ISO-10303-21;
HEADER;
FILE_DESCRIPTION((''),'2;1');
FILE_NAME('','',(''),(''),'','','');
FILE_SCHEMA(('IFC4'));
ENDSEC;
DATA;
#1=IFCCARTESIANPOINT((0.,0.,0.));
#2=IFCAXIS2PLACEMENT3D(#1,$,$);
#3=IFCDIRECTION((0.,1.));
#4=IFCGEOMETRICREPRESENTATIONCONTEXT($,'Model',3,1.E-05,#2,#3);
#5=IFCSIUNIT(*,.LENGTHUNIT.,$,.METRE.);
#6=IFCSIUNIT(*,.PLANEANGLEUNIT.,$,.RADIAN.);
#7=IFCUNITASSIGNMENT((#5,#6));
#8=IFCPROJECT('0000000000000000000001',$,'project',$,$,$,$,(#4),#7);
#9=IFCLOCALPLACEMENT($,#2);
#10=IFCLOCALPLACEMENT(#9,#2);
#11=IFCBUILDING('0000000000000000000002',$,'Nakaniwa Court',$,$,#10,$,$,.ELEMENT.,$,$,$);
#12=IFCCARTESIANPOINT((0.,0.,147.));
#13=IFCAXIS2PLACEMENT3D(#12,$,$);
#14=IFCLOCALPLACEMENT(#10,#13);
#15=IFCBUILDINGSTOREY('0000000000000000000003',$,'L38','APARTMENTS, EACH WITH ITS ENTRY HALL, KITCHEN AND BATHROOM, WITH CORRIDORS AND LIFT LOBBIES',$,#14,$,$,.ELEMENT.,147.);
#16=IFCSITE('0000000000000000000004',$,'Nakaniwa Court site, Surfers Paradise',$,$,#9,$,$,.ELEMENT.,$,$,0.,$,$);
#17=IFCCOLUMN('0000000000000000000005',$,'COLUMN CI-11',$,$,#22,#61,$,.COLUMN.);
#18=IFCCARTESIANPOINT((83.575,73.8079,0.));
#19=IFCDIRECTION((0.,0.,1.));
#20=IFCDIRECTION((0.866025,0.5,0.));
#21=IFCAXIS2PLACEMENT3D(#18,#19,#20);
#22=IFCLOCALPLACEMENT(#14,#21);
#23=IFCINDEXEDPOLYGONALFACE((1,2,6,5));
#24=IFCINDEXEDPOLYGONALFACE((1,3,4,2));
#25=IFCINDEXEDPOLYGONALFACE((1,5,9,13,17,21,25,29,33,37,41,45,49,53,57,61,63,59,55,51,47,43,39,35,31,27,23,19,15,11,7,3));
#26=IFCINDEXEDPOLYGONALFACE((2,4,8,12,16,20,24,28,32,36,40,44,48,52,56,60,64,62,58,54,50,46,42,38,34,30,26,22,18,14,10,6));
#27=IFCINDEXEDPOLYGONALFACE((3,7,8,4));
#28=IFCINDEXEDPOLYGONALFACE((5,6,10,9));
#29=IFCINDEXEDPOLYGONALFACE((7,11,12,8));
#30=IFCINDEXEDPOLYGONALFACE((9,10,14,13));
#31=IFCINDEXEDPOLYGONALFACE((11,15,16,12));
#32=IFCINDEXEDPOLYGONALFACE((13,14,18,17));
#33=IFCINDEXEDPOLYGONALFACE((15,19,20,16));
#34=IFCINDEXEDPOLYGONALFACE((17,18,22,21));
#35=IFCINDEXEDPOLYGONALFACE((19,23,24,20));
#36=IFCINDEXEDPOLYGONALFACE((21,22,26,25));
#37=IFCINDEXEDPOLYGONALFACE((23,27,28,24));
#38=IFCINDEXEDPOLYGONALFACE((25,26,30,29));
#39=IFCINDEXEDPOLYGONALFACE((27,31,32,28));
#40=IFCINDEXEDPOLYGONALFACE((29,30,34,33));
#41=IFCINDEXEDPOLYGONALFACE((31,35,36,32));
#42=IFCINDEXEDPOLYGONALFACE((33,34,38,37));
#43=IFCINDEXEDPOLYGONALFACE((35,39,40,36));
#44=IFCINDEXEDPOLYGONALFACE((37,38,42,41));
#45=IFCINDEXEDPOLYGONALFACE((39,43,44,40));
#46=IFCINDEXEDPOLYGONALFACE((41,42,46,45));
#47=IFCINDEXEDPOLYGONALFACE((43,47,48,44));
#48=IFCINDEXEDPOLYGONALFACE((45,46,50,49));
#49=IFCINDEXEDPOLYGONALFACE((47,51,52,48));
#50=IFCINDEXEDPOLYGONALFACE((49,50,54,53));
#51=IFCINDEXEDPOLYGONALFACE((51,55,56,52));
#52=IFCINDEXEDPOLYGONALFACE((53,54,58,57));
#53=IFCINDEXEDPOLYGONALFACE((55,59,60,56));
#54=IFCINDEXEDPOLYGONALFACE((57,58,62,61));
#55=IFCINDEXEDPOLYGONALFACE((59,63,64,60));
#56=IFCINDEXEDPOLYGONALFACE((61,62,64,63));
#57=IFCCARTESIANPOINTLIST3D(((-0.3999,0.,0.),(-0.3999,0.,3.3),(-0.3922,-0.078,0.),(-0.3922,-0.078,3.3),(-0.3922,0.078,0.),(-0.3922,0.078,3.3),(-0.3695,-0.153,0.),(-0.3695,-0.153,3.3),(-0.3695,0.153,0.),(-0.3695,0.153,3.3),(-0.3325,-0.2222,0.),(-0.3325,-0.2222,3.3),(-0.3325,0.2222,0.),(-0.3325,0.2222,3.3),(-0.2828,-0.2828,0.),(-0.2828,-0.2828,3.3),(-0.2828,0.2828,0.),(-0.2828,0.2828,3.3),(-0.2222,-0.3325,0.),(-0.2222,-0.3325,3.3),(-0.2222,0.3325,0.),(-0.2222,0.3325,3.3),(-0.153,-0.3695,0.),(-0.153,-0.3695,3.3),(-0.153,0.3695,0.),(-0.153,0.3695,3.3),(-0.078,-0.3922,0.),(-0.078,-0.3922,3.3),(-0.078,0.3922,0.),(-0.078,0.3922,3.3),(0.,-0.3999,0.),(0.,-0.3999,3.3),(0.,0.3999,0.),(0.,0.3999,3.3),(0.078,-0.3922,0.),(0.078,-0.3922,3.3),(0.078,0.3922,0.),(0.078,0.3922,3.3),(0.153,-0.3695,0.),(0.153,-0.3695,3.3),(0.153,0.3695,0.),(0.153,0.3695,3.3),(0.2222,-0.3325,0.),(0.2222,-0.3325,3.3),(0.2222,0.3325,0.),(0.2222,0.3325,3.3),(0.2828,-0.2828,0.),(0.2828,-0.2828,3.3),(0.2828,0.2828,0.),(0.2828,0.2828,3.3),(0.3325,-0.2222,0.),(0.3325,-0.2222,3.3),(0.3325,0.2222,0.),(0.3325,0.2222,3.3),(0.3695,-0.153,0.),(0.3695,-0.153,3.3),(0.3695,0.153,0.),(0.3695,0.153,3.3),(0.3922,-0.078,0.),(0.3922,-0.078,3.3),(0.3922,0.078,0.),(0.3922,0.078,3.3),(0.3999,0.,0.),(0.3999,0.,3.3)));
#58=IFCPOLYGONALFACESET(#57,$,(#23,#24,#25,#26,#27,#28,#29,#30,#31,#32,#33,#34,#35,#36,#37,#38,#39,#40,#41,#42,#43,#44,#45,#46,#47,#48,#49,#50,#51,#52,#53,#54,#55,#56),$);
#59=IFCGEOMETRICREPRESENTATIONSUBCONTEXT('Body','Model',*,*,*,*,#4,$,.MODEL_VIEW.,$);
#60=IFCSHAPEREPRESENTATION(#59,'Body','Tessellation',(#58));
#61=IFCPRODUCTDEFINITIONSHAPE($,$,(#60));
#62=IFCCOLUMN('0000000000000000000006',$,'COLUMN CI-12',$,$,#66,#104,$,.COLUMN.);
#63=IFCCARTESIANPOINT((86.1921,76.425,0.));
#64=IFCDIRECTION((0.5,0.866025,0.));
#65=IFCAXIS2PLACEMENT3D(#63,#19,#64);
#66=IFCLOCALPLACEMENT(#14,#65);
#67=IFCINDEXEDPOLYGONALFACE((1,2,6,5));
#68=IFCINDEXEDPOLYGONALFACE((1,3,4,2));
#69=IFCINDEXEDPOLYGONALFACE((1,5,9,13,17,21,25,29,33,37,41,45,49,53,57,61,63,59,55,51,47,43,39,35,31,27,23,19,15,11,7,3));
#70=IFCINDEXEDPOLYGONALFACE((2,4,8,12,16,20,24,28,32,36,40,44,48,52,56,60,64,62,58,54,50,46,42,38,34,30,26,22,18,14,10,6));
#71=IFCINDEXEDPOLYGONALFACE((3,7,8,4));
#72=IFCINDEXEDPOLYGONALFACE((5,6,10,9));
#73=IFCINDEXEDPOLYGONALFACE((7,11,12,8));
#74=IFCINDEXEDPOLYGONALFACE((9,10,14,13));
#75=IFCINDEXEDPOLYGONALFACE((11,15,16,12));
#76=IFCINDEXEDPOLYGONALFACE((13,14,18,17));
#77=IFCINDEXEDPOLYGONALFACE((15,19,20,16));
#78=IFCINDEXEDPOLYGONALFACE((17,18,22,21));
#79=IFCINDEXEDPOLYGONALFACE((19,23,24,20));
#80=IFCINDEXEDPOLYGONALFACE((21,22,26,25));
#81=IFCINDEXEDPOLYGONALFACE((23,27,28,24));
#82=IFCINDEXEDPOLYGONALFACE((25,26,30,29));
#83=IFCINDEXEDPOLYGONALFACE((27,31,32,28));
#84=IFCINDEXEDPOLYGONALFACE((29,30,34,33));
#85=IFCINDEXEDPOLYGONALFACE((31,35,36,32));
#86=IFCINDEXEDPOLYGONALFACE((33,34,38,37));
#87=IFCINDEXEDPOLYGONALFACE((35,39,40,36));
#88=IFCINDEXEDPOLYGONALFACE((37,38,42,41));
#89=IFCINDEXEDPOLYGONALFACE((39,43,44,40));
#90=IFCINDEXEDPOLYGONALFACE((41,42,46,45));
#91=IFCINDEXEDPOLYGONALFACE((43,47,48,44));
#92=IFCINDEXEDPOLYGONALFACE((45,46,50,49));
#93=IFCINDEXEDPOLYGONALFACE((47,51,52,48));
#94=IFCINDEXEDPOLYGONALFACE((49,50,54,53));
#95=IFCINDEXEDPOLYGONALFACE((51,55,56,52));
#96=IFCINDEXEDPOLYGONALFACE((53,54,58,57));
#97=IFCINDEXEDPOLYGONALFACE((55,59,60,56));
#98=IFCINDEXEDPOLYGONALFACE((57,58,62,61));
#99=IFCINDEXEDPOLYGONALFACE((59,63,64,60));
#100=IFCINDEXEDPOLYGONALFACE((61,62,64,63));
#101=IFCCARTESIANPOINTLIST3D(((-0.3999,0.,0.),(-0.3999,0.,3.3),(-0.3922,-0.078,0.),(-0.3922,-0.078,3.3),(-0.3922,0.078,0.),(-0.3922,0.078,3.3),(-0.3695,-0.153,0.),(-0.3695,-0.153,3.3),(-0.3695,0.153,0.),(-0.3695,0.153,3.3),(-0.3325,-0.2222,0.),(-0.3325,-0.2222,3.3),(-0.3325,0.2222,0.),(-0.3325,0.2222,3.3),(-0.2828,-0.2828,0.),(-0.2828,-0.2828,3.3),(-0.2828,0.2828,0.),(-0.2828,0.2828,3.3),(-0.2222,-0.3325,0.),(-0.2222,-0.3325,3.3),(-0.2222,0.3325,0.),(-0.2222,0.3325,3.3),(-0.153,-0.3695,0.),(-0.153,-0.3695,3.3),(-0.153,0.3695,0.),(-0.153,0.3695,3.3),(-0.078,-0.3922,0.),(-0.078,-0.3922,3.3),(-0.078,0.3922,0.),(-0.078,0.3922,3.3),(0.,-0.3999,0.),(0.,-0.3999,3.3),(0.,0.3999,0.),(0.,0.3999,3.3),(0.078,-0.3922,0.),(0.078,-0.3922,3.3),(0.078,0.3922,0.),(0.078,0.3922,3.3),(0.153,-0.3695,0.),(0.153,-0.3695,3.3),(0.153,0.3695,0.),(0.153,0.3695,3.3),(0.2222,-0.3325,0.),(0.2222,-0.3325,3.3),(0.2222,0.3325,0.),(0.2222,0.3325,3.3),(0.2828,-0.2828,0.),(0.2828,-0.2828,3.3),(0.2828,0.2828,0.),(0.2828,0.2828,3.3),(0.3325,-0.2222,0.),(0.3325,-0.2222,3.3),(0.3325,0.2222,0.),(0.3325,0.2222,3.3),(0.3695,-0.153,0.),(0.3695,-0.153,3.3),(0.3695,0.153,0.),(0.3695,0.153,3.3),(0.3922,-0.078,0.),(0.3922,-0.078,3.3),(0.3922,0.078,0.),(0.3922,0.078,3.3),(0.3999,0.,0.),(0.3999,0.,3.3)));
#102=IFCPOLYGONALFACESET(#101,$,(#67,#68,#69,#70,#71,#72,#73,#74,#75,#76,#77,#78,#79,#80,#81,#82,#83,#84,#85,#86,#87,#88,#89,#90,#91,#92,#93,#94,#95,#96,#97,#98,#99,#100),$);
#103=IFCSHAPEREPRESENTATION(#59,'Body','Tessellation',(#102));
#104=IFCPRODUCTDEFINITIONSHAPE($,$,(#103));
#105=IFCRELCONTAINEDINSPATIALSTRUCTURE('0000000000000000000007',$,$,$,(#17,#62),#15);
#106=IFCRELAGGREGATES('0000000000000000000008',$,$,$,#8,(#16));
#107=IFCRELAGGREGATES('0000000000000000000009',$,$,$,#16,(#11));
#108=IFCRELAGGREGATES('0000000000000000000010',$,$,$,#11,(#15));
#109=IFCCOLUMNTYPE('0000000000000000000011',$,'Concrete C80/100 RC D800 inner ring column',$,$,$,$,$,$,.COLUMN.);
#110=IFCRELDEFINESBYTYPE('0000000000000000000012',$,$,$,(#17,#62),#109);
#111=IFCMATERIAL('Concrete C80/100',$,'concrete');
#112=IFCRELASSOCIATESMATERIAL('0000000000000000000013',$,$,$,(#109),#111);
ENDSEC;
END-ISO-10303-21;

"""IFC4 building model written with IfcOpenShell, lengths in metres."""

from ifc_helpers import new_model, si_unit, direction, frame, origin, origin_2d, place, context, subcontext, project, spatial, circle, extrude, material, material_profile, profile_set, type_object, element, save


model = new_model("IFC4")

# Units and contexts
model_context = context("Model", 3, precision=1e-05, world=origin(), true_north=direction((0.0, 1.0)))
body_context = subcontext(model_context, "Body", "Model", "MODEL_VIEW")
ifc_project = project(units=[si_unit("LENGTHUNIT", "METRE"), si_unit("PLANEANGLEUNIT", "RADIAN")], contexts=[model_context])

# Site, building, storey
site_placement = place(None, origin())
site = spatial("IfcSite", under=ifc_project, at=site_placement, Name="Nakaniwa Court site, Surfers Paradise", CompositionType="ELEMENT", RefElevation=0.0)
building_placement = place(site_placement, origin())
building = spatial("IfcBuilding", under=site, at=building_placement, Name="Nakaniwa Court", CompositionType="ELEMENT")
storey_placement = place(building_placement, frame((0.0, 0.0, 147.0)))
storey = spatial("IfcBuildingStorey", under=building, at=storey_placement, Name="L38", Description="APARTMENTS, EACH WITH ITS ENTRY HALL, KITCHEN AND BATHROOM, WITH CORRIDORS AND LIFT LOBBIES", CompositionType="ELEMENT", Elevation=147.0)

# Columns
ifc_material_1 = material(Name="Concrete C80/100", Category="concrete")
ifc_material_profile_1 = material_profile(ifc_material_1, circle(Radius=0.3999, at=origin_2d()), Name="Concrete C80/100 RC D800 inner ring column")
ifc_profile_set_1 = profile_set([ifc_material_profile_1], Name="Concrete C80/100")
column_type = type_object("IfcColumnType", Name="Concrete C80/100 RC D800 inner ring column", PredefinedType="COLUMN", material=ifc_profile_set_1)
for number, where, z_axis, x_axis, name in (
    (1, (83.575, 73.8079, 0.0), (0.0, 0.0, 1.0), (0.866025, 0.5, 0.0), "COLUMN CI-11"),
    (2, (86.1921, 76.425, 0.0), (0.0, 0.0, 1.0), (0.5, 0.866025, 0.0), "COLUMN CI-12"),
):
    element("IfcColumn", number, at=place(storey_placement, frame(where, z_axis=z_axis, x_axis=x_axis)), inside=storey, type_object=column_type, Name=name, PredefinedType="COLUMN", context=body_context, shape_type="SweptSolid", body=[
        extrude(circle(Radius=0.3999, at=origin_2d()), origin(), (0.0, 0.0, 1.0), 3.3),
    ])

save(model, "model.ifc")
